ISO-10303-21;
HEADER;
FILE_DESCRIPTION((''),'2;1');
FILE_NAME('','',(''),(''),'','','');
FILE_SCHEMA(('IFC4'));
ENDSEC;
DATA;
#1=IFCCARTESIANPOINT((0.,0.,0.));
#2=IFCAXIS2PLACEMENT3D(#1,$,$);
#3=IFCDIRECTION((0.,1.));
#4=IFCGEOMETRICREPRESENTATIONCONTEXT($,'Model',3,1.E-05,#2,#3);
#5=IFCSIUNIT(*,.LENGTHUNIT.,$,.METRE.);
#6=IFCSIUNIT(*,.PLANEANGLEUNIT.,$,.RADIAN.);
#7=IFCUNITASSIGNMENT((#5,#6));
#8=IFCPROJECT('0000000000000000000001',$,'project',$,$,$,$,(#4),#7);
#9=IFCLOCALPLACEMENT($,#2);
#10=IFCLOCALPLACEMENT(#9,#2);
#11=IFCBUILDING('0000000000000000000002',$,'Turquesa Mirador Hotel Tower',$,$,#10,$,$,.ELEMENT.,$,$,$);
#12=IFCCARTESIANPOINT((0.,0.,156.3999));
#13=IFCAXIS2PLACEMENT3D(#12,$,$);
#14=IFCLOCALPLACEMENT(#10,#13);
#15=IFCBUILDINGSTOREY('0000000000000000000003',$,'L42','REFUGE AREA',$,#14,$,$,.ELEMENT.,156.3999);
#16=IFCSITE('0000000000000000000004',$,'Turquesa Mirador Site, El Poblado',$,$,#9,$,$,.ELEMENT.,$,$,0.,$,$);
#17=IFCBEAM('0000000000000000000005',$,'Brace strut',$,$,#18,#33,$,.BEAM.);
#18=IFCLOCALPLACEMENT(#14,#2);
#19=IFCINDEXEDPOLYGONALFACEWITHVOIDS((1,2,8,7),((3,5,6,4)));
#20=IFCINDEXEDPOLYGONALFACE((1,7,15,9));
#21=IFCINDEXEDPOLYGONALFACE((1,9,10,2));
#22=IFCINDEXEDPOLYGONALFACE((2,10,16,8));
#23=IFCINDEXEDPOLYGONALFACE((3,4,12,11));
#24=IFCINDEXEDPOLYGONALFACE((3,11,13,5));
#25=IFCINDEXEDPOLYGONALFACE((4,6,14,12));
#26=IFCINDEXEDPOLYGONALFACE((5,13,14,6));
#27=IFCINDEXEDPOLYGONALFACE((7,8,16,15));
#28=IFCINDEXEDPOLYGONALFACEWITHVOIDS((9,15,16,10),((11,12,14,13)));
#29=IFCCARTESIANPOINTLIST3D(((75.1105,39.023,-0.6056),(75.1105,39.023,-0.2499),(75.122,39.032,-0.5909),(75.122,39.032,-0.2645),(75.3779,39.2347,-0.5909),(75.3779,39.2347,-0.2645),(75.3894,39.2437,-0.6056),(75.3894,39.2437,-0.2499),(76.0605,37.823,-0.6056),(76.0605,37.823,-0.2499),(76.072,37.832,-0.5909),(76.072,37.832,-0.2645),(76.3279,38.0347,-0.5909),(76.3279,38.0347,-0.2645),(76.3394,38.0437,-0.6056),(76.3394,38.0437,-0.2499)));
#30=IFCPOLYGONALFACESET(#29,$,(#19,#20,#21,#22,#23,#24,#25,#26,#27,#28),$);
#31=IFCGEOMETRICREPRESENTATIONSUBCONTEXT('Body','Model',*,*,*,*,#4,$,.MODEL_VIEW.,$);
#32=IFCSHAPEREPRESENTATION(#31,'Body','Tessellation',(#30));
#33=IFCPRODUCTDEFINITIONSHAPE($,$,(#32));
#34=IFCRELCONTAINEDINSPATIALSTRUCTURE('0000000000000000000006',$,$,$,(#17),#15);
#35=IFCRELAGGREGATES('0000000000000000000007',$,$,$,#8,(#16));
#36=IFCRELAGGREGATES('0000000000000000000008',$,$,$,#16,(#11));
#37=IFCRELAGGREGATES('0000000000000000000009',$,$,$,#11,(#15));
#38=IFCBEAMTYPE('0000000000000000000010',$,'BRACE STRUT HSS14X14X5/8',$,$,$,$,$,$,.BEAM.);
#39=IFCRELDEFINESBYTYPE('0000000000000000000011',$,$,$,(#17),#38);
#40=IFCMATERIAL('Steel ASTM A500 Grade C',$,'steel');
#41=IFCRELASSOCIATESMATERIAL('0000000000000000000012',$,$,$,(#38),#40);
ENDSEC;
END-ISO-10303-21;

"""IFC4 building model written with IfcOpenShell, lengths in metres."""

from ifc_helpers import new_model, si_unit, direction, frame, origin, origin_2d, place, context, subcontext, project, spatial, hollow_rectangle, extrude, material, material_profile, profile_set, type_object, element, save


model = new_model("IFC4")

# Units and contexts
model_context = context("Model", 3, precision=1e-05, world=origin(), true_north=direction((0.0, 1.0)))
body_context = subcontext(model_context, "Body", "Model", "MODEL_VIEW")
ifc_project = project(units=[si_unit("LENGTHUNIT", "METRE"), si_unit("PLANEANGLEUNIT", "RADIAN")], contexts=[model_context])

# Site, building, storey
site_placement = place(None, origin())
site = spatial("IfcSite", under=ifc_project, at=site_placement, Name="Turquesa Mirador Site, El Poblado", CompositionType="ELEMENT", RefElevation=0.0)
building_placement = place(site_placement, origin())
building = spatial("IfcBuilding", under=site, at=building_placement, Name="Turquesa Mirador Hotel Tower", CompositionType="ELEMENT")
storey_placement = place(building_placement, frame((0.0, 0.0, 156.3999)))
storey = spatial("IfcBuildingStorey", under=building, at=storey_placement, Name="L42", Description="REFUGE AREA", CompositionType="ELEMENT", Elevation=156.3999)

# Beam
ifc_material_1 = material(Name="Steel ASTM A500 Grade C", Category="steel")
ifc_material_profile_1 = material_profile(ifc_material_1, hollow_rectangle(XDim=0.3557, YDim=0.3557, WallThickness=0.0146, at=origin_2d()), Name="HSS14X14X5/8")
ifc_profile_set_1 = profile_set([ifc_material_profile_1], Name="Steel ASTM A500 Grade C")
beam_type_1 = type_object("IfcBeamType", Name="BRACE STRUT HSS14X14X5/8", PredefinedType="BEAM", material=ifc_profile_set_1)
for number, where, z_axis, x_axis, name in (
    (1, (76.2, 37.9333, -0.4277), (-0.620699, 0.784049, 0.0), (-0.784049, -0.620699, 0.0), "Brace strut"),
):
    element("IfcBeam", number, at=place(storey_placement, frame(where, z_axis=z_axis, x_axis=x_axis)), inside=storey, type_object=beam_type_1, Name=name, PredefinedType="BEAM", context=body_context, shape_type="SweptSolid", body=[
        extrude(hollow_rectangle(XDim=0.3557, YDim=0.3557, WallThickness=0.0146, at=origin_2d()), origin(), (0.0, 0.0, 1.0), 1.5305),
    ])

save(model, "model.ifc")
